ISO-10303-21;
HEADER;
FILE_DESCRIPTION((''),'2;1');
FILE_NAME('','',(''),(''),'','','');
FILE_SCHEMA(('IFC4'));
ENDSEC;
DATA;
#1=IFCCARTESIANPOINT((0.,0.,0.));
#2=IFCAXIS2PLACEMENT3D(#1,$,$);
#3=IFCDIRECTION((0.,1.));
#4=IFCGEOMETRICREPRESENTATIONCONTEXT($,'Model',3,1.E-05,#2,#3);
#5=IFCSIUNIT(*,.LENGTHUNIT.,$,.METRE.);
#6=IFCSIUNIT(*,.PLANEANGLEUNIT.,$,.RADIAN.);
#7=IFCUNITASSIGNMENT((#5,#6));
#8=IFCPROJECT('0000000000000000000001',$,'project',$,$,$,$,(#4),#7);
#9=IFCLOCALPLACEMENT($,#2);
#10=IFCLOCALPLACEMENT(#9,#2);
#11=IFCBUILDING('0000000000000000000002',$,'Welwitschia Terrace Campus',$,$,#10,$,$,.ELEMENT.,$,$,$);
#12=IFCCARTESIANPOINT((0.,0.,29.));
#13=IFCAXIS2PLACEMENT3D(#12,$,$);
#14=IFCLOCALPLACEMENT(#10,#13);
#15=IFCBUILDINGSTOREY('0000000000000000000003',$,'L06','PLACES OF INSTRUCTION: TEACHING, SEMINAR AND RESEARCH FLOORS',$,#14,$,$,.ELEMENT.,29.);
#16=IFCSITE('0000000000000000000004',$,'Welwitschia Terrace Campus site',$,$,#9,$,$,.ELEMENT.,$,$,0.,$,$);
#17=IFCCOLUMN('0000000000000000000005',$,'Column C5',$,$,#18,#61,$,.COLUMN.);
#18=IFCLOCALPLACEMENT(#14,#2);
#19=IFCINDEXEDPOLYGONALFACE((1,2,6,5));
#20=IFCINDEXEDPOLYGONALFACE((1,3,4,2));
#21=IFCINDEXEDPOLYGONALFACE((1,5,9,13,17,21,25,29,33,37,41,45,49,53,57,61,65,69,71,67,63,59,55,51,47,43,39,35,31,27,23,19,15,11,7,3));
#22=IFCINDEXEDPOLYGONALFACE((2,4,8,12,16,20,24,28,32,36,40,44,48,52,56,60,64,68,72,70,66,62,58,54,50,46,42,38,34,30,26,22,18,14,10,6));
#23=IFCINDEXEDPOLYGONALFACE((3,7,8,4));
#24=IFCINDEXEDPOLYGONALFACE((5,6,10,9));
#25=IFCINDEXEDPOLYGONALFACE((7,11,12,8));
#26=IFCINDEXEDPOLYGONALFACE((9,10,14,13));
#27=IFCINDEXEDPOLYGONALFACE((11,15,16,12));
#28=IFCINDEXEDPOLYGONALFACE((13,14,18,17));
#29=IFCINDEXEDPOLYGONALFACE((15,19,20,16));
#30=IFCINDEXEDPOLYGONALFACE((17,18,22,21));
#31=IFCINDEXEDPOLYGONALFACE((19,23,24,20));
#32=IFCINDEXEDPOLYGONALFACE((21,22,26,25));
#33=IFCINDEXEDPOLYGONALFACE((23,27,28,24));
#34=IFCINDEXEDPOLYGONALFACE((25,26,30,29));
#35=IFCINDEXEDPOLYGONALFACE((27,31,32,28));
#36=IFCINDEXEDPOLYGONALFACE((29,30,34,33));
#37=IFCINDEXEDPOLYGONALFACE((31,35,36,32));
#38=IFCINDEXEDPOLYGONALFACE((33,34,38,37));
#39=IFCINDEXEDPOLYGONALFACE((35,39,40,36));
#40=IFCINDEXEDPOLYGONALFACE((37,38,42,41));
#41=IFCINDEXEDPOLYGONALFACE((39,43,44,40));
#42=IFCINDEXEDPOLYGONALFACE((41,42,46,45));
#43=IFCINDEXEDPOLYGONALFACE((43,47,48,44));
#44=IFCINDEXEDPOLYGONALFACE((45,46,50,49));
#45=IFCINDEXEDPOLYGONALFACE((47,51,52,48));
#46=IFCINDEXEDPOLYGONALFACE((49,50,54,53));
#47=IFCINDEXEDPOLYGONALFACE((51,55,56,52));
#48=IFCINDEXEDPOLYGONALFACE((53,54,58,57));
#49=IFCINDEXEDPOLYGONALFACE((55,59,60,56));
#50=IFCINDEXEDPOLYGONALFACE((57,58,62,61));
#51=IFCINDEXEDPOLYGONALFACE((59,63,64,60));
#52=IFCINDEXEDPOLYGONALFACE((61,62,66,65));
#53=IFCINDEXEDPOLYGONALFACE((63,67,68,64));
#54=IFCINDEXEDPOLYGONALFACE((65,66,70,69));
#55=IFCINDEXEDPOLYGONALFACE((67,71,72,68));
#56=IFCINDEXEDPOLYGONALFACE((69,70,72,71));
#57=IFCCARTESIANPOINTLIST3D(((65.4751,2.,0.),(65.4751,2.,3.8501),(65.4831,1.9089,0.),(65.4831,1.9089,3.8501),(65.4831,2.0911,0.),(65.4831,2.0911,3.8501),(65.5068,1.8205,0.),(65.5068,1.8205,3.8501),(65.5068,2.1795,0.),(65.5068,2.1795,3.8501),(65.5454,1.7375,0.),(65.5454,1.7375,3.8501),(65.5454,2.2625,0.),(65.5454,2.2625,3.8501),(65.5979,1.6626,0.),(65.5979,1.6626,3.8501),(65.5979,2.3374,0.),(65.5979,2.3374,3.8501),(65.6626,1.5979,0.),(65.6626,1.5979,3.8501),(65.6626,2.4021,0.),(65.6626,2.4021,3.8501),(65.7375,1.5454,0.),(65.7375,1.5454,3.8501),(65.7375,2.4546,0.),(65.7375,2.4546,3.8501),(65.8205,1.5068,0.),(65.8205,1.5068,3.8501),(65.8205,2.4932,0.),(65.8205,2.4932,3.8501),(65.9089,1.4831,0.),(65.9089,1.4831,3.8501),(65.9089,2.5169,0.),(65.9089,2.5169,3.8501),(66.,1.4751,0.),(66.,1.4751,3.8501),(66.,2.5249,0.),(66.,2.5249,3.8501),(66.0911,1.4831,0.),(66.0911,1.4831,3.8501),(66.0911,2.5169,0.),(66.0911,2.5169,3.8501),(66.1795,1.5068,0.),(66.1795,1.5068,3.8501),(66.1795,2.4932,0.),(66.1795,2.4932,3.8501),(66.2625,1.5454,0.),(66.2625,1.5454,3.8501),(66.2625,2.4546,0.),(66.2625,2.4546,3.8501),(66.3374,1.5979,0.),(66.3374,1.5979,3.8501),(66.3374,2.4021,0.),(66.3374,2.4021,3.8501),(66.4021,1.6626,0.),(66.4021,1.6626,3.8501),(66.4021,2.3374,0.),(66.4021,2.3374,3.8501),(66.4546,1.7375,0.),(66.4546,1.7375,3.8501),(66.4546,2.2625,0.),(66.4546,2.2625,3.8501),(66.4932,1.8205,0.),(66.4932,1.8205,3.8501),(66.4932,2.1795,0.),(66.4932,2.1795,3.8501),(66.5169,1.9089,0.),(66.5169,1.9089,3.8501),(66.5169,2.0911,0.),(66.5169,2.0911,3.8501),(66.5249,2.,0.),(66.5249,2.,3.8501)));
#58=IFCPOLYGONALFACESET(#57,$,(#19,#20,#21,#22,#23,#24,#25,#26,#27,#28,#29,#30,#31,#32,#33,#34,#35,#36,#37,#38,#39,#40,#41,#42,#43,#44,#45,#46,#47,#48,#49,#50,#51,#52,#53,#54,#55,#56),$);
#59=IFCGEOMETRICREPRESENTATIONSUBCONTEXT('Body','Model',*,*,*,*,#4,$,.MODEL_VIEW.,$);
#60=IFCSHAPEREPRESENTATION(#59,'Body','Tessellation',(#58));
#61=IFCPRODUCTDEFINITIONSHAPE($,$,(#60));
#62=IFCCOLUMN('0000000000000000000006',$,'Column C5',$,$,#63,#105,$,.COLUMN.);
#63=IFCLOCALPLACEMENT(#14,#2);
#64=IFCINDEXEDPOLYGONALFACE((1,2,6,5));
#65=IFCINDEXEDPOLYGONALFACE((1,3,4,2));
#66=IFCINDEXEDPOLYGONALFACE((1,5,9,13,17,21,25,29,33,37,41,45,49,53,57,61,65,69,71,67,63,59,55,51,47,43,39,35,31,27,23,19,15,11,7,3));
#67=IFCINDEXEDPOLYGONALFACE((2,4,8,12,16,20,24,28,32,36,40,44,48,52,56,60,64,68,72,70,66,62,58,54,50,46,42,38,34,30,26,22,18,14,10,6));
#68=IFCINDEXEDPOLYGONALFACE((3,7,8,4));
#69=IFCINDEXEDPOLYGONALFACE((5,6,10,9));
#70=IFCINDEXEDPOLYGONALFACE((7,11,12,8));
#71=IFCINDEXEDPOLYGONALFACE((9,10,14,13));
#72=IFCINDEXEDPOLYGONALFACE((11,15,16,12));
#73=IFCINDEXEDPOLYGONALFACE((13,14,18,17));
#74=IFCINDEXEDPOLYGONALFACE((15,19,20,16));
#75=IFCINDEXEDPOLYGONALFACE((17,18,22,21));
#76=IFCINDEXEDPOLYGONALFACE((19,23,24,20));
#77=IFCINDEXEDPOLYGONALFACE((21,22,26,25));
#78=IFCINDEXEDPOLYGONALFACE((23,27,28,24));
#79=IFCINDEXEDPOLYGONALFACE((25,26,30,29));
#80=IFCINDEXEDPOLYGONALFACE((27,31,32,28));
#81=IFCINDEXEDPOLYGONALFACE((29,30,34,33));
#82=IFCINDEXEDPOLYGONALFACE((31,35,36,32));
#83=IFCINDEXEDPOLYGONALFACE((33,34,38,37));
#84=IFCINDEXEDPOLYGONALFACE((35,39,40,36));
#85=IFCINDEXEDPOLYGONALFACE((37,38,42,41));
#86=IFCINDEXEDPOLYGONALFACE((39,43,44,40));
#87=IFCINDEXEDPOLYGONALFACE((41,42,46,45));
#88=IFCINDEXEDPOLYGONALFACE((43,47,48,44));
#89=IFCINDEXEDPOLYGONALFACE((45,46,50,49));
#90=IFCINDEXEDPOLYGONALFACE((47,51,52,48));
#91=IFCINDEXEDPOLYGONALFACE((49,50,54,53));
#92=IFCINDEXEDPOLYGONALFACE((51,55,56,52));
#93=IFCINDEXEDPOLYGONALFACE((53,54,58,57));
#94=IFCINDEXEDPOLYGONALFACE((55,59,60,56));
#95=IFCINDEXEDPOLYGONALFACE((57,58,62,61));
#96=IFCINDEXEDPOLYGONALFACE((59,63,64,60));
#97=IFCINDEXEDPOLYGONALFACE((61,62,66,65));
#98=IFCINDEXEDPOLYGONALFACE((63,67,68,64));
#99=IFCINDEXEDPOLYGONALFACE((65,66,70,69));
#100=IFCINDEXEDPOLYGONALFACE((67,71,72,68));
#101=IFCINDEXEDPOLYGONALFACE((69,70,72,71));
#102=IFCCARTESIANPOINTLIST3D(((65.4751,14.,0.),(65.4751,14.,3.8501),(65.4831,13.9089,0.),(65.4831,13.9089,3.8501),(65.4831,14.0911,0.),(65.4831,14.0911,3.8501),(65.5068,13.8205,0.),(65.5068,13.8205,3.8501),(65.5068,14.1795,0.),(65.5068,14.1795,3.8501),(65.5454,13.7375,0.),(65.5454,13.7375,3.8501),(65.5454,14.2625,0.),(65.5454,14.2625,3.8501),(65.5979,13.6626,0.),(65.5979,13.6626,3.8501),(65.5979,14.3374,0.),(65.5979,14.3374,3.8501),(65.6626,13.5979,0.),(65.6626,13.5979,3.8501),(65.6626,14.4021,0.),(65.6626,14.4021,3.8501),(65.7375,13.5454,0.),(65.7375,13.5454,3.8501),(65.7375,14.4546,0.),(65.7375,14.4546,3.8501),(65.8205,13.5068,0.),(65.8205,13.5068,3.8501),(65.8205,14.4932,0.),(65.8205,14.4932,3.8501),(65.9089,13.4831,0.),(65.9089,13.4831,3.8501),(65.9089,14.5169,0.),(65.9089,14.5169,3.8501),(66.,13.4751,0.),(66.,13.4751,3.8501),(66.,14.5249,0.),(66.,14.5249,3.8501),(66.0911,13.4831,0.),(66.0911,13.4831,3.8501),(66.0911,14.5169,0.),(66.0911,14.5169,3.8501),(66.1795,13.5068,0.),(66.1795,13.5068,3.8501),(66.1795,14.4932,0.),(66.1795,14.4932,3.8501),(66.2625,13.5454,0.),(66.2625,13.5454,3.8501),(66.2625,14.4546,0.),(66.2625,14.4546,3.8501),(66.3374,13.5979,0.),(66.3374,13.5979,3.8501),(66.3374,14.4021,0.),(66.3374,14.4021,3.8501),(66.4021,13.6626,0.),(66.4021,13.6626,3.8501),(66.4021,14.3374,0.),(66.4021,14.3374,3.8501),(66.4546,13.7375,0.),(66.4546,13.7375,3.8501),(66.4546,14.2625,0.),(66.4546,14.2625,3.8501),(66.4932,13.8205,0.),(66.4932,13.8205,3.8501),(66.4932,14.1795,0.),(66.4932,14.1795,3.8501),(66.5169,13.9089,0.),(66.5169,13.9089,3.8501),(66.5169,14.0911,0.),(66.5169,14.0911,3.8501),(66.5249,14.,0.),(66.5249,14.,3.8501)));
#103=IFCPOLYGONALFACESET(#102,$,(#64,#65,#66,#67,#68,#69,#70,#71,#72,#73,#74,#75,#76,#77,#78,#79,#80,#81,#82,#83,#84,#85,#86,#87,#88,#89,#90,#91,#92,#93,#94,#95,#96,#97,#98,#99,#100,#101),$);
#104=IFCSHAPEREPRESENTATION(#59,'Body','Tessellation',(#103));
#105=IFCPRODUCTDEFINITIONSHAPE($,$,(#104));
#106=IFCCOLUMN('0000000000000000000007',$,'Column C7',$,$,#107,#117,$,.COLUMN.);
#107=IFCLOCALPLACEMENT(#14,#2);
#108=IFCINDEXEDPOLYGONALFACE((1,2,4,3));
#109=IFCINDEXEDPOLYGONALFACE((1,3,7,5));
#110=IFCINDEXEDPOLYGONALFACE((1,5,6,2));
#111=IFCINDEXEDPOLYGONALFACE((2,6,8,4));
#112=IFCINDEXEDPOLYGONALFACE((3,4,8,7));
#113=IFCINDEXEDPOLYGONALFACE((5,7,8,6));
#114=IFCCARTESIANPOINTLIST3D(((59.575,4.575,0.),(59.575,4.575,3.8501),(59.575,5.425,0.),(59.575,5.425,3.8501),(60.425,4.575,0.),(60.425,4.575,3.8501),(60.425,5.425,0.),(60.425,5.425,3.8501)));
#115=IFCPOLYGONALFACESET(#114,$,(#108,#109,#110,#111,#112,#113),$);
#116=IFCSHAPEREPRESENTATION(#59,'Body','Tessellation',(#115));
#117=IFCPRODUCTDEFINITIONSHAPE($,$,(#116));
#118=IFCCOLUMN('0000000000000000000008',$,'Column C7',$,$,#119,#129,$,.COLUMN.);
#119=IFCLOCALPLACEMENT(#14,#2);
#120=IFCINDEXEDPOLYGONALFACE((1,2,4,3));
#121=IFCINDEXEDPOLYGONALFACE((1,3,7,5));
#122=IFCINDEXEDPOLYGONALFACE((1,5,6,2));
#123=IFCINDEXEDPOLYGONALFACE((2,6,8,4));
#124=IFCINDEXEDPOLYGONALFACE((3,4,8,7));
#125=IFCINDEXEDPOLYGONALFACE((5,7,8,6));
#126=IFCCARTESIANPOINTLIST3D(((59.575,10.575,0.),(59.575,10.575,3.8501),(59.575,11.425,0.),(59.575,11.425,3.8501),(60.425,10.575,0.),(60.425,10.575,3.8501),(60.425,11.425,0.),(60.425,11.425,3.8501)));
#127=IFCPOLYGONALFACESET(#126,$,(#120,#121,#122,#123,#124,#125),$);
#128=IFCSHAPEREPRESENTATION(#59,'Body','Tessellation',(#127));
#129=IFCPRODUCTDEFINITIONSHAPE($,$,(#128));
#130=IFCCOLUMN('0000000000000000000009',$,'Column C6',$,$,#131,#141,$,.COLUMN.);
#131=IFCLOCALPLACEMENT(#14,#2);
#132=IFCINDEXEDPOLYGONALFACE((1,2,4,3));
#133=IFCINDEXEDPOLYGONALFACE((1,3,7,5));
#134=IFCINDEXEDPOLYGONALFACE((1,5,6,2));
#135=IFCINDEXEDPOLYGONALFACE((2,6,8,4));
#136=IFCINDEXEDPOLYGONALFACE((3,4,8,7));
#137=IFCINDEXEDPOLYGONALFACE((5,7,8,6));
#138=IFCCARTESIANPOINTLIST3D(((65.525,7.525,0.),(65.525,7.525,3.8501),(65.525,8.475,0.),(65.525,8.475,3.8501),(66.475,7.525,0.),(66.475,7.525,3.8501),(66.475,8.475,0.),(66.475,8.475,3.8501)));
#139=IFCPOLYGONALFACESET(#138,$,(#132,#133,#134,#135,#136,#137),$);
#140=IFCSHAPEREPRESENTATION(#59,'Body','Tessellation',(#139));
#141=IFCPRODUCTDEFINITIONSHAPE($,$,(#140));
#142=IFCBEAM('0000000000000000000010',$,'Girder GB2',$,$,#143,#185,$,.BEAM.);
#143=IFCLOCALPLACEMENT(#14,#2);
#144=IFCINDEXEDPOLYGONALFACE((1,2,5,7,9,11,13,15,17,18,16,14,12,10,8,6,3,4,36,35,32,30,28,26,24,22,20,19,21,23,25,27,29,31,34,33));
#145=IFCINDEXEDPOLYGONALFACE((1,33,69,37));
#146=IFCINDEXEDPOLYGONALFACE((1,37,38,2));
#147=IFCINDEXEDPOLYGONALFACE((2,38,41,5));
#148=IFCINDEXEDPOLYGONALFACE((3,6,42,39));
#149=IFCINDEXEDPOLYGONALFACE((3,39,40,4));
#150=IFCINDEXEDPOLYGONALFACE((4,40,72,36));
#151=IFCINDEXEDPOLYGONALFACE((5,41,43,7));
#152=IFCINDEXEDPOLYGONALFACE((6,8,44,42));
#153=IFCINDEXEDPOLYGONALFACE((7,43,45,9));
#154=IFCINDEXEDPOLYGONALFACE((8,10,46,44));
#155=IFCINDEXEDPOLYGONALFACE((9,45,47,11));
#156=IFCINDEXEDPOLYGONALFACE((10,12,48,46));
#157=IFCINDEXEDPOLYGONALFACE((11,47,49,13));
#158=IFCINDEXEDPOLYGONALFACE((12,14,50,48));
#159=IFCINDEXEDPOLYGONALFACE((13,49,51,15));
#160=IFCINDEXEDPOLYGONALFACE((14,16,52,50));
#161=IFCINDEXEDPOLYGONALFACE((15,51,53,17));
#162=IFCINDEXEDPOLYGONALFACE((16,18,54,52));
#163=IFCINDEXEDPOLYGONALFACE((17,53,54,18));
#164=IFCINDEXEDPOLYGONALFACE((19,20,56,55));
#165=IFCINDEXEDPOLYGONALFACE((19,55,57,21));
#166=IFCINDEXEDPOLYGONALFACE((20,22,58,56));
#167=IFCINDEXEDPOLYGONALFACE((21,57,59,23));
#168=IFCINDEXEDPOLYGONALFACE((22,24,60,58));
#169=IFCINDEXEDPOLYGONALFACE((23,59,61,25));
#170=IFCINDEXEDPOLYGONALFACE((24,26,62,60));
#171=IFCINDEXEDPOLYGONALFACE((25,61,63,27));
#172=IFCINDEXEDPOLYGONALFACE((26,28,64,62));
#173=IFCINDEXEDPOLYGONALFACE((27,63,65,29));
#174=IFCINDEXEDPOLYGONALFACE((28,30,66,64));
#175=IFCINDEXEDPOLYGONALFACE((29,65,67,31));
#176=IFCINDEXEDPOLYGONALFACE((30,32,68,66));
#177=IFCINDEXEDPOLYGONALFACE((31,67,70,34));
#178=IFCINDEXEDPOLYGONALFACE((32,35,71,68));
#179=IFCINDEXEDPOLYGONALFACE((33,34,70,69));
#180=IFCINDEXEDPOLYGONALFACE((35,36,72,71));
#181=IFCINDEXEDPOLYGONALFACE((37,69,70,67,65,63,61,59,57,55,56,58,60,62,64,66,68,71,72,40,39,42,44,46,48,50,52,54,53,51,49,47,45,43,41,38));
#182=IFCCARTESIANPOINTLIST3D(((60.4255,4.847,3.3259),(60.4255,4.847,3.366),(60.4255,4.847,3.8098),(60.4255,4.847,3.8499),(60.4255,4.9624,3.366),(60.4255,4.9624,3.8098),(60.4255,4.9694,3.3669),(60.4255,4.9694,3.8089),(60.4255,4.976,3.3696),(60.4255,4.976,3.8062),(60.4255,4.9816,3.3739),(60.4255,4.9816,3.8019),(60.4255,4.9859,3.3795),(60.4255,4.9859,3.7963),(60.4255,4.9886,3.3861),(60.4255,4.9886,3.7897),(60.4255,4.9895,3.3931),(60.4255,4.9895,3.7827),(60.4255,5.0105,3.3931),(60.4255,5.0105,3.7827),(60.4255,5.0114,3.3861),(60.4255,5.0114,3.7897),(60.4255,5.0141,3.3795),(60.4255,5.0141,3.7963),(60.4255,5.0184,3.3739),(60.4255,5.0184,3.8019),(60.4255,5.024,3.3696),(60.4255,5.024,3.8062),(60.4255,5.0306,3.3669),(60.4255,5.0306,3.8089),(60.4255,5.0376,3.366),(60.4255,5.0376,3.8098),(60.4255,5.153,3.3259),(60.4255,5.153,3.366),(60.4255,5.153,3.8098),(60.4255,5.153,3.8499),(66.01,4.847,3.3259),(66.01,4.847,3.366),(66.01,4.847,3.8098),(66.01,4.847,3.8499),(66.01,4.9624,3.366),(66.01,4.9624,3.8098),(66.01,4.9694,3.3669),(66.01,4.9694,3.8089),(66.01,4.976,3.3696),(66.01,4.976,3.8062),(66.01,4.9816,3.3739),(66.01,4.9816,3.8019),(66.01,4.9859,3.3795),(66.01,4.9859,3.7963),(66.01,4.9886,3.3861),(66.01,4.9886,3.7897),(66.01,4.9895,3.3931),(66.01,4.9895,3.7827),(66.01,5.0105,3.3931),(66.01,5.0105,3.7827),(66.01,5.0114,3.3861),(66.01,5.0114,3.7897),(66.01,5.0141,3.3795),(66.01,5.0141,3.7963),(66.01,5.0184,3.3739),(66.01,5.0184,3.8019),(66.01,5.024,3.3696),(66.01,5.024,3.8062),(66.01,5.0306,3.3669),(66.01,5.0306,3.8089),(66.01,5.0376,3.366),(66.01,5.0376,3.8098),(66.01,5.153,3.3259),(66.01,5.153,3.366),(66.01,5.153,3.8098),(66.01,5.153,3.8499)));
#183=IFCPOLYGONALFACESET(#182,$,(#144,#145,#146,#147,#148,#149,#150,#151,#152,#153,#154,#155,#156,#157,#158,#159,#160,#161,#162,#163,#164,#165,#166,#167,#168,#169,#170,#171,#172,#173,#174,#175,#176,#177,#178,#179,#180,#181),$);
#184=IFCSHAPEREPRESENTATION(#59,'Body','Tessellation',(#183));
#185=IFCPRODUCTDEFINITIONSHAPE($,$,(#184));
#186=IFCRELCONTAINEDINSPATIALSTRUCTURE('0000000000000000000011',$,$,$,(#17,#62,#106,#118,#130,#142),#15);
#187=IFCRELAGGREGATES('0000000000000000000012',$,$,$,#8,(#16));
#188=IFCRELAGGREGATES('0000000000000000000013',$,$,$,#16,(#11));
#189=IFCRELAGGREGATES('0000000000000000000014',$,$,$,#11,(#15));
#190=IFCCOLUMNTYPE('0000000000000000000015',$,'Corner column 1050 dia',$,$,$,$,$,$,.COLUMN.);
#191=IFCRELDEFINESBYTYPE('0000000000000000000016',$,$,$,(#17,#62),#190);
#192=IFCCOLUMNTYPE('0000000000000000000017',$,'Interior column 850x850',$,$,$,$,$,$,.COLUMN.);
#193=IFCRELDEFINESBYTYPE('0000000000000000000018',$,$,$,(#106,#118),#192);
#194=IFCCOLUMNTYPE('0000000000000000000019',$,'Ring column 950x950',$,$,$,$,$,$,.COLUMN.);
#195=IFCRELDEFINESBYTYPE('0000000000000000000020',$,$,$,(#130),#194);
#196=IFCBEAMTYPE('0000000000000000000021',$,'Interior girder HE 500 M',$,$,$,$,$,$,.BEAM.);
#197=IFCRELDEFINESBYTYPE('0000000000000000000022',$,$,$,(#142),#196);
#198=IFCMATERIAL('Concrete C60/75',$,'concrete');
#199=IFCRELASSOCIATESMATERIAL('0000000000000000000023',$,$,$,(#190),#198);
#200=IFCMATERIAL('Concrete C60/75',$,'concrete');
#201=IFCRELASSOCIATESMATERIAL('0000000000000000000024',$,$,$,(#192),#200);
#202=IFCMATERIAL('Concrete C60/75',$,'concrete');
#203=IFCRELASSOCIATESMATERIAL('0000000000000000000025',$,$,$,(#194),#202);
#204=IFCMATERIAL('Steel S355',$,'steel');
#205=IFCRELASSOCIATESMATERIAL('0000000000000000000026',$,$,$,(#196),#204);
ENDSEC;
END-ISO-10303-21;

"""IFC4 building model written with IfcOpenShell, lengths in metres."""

from ifc_helpers import new_model, si_unit, direction, frame, origin, origin_2d, place, context, subcontext, project, spatial, rectangle, circle, i_section, extrude, material, material_profile, profile_set, type_object, element, save


model = new_model("IFC4")

# Units and contexts
model_context = context("Model", 3, precision=1e-05, world=origin(), true_north=direction((0.0, 1.0)))
body_context = subcontext(model_context, "Body", "Model", "MODEL_VIEW")
ifc_project = project(units=[si_unit("LENGTHUNIT", "METRE"), si_unit("PLANEANGLEUNIT", "RADIAN")], contexts=[model_context])

# Site, building, storey
site_placement = place(None, origin())
site = spatial("IfcSite", under=ifc_project, at=site_placement, Name="Welwitschia Terrace Campus site", CompositionType="ELEMENT", RefElevation=0.0)
building_placement = place(site_placement, origin())
building = spatial("IfcBuilding", under=site, at=building_placement, Name="Welwitschia Terrace Campus", CompositionType="ELEMENT")
storey_placement = place(building_placement, frame((0.0, 0.0, 29.0)))
storey = spatial("IfcBuildingStorey", under=building, at=storey_placement, Name="L06", Description="PLACES OF INSTRUCTION: TEACHING, SEMINAR AND RESEARCH FLOORS", CompositionType="ELEMENT", Elevation=29.0)

# Columns
ifc_material_1 = material(Name="Concrete C60/75", Category="concrete")
ifc_material_profile_1 = material_profile(ifc_material_1, circle(Radius=0.5249, at=origin_2d()))
ifc_profile_set_1 = profile_set([ifc_material_profile_1], Name="Concrete C60/75")
column_type_1 = type_object("IfcColumnType", Name="Corner column 1050 dia", PredefinedType="COLUMN", material=ifc_profile_set_1)
for number, where, z_axis, x_axis, name in (
    (1, (66.0, 2.0, 0.0), (0.0, 0.0, 1.0), (1.0, 0.0, 0.0), "Column C5"),
    (2, (66.0, 14.0, 0.0), (0.0, 0.0, 1.0), (1.0, 0.0, 0.0), "Column C5"),
):
    element("IfcColumn", number, at=place(storey_placement, frame(where, z_axis=z_axis, x_axis=x_axis)), inside=storey, type_object=column_type_1, Name=name, PredefinedType="COLUMN", context=body_context, shape_type="SweptSolid", body=[
        extrude(circle(Radius=0.5249, at=origin_2d()), origin(), (0.0, 0.0, 1.0), 3.8501),
    ])
ifc_material_2 = material(Name="Concrete C60/75", Category="concrete")
ifc_material_profile_2 = material_profile(ifc_material_2, rectangle(XDim=0.8501, YDim=0.8501, at=origin_2d()))
ifc_profile_set_2 = profile_set([ifc_material_profile_2], Name="Concrete C60/75")
column_type_2 = type_object("IfcColumnType", Name="Interior column 850x850", PredefinedType="COLUMN", material=ifc_profile_set_2)
for number, where, z_axis, x_axis, name in (
    (3, (60.0, 5.0, 0.0), (0.0, 0.0, 1.0), (1.0, 0.0, 0.0), "Column C7"),
    (4, (60.0, 11.0, 0.0), (0.0, 0.0, 1.0), (1.0, 0.0, 0.0), "Column C7"),
):
    element("IfcColumn", number, at=place(storey_placement, frame(where, z_axis=z_axis, x_axis=x_axis)), inside=storey, type_object=column_type_2, Name=name, PredefinedType="COLUMN", context=body_context, shape_type="SweptSolid", body=[
        extrude(rectangle(XDim=0.8501, YDim=0.8501, at=origin_2d()), origin(), (0.0, 0.0, 1.0), 3.8501),
    ])
ifc_material_3 = material(Name="Concrete C60/75", Category="concrete")
ifc_material_profile_3 = material_profile(ifc_material_3, rectangle(XDim=0.95, YDim=0.95, at=origin_2d()))
ifc_profile_set_3 = profile_set([ifc_material_profile_3], Name="Concrete C60/75")
column_type_3 = type_object("IfcColumnType", Name="Ring column 950x950", PredefinedType="COLUMN", material=ifc_profile_set_3)
column_placement = place(storey_placement, frame((66.0, 8.0, 0.0), z_axis=(0.0, 0.0, 1.0), x_axis=(1.0, 0.0, 0.0)))
element("IfcColumn", 5, at=column_placement, inside=storey, type_object=column_type_3, Name="Column C6", PredefinedType="COLUMN", context=body_context, shape_type="SweptSolid", body=[
    extrude(rectangle(XDim=0.95, YDim=0.95, at=origin_2d()), origin(), (0.0, 0.0, 1.0), 3.8501),
])

# Beam
ifc_material_4 = material(Name="Steel S355", Category="steel")
ifc_material_profile_4 = material_profile(ifc_material_4, i_section(OverallWidth=0.3059, OverallDepth=0.5239, WebThickness=0.021, FlangeThickness=0.04, FilletRadius=0.0271, at=origin_2d()))
ifc_profile_set_4 = profile_set([ifc_material_profile_4], Name="Steel S355")
beam_type_1 = type_object("IfcBeamType", Name="Interior girder HE 500 M", PredefinedType="BEAM", material=ifc_profile_set_4)
for number, where, z_axis, x_axis, name in (
    (6, (60.4255, 5.0, 3.5879), (1.0, 0.0, 0.0), (0.0, 1.0, 0.0), "Girder GB2"),
):
    element("IfcBeam", number, at=place(storey_placement, frame(where, z_axis=z_axis, x_axis=x_axis)), inside=storey, type_object=beam_type_1, Name=name, PredefinedType="BEAM", context=body_context, shape_type="SweptSolid", body=[
        extrude(i_section(OverallWidth=0.3059, OverallDepth=0.5239, WebThickness=0.021, FlangeThickness=0.04, FilletRadius=0.0271, at=origin_2d()), origin(), (0.0, 0.0, 1.0), 5.5845),
    ])

save(model, "model.ifc")
